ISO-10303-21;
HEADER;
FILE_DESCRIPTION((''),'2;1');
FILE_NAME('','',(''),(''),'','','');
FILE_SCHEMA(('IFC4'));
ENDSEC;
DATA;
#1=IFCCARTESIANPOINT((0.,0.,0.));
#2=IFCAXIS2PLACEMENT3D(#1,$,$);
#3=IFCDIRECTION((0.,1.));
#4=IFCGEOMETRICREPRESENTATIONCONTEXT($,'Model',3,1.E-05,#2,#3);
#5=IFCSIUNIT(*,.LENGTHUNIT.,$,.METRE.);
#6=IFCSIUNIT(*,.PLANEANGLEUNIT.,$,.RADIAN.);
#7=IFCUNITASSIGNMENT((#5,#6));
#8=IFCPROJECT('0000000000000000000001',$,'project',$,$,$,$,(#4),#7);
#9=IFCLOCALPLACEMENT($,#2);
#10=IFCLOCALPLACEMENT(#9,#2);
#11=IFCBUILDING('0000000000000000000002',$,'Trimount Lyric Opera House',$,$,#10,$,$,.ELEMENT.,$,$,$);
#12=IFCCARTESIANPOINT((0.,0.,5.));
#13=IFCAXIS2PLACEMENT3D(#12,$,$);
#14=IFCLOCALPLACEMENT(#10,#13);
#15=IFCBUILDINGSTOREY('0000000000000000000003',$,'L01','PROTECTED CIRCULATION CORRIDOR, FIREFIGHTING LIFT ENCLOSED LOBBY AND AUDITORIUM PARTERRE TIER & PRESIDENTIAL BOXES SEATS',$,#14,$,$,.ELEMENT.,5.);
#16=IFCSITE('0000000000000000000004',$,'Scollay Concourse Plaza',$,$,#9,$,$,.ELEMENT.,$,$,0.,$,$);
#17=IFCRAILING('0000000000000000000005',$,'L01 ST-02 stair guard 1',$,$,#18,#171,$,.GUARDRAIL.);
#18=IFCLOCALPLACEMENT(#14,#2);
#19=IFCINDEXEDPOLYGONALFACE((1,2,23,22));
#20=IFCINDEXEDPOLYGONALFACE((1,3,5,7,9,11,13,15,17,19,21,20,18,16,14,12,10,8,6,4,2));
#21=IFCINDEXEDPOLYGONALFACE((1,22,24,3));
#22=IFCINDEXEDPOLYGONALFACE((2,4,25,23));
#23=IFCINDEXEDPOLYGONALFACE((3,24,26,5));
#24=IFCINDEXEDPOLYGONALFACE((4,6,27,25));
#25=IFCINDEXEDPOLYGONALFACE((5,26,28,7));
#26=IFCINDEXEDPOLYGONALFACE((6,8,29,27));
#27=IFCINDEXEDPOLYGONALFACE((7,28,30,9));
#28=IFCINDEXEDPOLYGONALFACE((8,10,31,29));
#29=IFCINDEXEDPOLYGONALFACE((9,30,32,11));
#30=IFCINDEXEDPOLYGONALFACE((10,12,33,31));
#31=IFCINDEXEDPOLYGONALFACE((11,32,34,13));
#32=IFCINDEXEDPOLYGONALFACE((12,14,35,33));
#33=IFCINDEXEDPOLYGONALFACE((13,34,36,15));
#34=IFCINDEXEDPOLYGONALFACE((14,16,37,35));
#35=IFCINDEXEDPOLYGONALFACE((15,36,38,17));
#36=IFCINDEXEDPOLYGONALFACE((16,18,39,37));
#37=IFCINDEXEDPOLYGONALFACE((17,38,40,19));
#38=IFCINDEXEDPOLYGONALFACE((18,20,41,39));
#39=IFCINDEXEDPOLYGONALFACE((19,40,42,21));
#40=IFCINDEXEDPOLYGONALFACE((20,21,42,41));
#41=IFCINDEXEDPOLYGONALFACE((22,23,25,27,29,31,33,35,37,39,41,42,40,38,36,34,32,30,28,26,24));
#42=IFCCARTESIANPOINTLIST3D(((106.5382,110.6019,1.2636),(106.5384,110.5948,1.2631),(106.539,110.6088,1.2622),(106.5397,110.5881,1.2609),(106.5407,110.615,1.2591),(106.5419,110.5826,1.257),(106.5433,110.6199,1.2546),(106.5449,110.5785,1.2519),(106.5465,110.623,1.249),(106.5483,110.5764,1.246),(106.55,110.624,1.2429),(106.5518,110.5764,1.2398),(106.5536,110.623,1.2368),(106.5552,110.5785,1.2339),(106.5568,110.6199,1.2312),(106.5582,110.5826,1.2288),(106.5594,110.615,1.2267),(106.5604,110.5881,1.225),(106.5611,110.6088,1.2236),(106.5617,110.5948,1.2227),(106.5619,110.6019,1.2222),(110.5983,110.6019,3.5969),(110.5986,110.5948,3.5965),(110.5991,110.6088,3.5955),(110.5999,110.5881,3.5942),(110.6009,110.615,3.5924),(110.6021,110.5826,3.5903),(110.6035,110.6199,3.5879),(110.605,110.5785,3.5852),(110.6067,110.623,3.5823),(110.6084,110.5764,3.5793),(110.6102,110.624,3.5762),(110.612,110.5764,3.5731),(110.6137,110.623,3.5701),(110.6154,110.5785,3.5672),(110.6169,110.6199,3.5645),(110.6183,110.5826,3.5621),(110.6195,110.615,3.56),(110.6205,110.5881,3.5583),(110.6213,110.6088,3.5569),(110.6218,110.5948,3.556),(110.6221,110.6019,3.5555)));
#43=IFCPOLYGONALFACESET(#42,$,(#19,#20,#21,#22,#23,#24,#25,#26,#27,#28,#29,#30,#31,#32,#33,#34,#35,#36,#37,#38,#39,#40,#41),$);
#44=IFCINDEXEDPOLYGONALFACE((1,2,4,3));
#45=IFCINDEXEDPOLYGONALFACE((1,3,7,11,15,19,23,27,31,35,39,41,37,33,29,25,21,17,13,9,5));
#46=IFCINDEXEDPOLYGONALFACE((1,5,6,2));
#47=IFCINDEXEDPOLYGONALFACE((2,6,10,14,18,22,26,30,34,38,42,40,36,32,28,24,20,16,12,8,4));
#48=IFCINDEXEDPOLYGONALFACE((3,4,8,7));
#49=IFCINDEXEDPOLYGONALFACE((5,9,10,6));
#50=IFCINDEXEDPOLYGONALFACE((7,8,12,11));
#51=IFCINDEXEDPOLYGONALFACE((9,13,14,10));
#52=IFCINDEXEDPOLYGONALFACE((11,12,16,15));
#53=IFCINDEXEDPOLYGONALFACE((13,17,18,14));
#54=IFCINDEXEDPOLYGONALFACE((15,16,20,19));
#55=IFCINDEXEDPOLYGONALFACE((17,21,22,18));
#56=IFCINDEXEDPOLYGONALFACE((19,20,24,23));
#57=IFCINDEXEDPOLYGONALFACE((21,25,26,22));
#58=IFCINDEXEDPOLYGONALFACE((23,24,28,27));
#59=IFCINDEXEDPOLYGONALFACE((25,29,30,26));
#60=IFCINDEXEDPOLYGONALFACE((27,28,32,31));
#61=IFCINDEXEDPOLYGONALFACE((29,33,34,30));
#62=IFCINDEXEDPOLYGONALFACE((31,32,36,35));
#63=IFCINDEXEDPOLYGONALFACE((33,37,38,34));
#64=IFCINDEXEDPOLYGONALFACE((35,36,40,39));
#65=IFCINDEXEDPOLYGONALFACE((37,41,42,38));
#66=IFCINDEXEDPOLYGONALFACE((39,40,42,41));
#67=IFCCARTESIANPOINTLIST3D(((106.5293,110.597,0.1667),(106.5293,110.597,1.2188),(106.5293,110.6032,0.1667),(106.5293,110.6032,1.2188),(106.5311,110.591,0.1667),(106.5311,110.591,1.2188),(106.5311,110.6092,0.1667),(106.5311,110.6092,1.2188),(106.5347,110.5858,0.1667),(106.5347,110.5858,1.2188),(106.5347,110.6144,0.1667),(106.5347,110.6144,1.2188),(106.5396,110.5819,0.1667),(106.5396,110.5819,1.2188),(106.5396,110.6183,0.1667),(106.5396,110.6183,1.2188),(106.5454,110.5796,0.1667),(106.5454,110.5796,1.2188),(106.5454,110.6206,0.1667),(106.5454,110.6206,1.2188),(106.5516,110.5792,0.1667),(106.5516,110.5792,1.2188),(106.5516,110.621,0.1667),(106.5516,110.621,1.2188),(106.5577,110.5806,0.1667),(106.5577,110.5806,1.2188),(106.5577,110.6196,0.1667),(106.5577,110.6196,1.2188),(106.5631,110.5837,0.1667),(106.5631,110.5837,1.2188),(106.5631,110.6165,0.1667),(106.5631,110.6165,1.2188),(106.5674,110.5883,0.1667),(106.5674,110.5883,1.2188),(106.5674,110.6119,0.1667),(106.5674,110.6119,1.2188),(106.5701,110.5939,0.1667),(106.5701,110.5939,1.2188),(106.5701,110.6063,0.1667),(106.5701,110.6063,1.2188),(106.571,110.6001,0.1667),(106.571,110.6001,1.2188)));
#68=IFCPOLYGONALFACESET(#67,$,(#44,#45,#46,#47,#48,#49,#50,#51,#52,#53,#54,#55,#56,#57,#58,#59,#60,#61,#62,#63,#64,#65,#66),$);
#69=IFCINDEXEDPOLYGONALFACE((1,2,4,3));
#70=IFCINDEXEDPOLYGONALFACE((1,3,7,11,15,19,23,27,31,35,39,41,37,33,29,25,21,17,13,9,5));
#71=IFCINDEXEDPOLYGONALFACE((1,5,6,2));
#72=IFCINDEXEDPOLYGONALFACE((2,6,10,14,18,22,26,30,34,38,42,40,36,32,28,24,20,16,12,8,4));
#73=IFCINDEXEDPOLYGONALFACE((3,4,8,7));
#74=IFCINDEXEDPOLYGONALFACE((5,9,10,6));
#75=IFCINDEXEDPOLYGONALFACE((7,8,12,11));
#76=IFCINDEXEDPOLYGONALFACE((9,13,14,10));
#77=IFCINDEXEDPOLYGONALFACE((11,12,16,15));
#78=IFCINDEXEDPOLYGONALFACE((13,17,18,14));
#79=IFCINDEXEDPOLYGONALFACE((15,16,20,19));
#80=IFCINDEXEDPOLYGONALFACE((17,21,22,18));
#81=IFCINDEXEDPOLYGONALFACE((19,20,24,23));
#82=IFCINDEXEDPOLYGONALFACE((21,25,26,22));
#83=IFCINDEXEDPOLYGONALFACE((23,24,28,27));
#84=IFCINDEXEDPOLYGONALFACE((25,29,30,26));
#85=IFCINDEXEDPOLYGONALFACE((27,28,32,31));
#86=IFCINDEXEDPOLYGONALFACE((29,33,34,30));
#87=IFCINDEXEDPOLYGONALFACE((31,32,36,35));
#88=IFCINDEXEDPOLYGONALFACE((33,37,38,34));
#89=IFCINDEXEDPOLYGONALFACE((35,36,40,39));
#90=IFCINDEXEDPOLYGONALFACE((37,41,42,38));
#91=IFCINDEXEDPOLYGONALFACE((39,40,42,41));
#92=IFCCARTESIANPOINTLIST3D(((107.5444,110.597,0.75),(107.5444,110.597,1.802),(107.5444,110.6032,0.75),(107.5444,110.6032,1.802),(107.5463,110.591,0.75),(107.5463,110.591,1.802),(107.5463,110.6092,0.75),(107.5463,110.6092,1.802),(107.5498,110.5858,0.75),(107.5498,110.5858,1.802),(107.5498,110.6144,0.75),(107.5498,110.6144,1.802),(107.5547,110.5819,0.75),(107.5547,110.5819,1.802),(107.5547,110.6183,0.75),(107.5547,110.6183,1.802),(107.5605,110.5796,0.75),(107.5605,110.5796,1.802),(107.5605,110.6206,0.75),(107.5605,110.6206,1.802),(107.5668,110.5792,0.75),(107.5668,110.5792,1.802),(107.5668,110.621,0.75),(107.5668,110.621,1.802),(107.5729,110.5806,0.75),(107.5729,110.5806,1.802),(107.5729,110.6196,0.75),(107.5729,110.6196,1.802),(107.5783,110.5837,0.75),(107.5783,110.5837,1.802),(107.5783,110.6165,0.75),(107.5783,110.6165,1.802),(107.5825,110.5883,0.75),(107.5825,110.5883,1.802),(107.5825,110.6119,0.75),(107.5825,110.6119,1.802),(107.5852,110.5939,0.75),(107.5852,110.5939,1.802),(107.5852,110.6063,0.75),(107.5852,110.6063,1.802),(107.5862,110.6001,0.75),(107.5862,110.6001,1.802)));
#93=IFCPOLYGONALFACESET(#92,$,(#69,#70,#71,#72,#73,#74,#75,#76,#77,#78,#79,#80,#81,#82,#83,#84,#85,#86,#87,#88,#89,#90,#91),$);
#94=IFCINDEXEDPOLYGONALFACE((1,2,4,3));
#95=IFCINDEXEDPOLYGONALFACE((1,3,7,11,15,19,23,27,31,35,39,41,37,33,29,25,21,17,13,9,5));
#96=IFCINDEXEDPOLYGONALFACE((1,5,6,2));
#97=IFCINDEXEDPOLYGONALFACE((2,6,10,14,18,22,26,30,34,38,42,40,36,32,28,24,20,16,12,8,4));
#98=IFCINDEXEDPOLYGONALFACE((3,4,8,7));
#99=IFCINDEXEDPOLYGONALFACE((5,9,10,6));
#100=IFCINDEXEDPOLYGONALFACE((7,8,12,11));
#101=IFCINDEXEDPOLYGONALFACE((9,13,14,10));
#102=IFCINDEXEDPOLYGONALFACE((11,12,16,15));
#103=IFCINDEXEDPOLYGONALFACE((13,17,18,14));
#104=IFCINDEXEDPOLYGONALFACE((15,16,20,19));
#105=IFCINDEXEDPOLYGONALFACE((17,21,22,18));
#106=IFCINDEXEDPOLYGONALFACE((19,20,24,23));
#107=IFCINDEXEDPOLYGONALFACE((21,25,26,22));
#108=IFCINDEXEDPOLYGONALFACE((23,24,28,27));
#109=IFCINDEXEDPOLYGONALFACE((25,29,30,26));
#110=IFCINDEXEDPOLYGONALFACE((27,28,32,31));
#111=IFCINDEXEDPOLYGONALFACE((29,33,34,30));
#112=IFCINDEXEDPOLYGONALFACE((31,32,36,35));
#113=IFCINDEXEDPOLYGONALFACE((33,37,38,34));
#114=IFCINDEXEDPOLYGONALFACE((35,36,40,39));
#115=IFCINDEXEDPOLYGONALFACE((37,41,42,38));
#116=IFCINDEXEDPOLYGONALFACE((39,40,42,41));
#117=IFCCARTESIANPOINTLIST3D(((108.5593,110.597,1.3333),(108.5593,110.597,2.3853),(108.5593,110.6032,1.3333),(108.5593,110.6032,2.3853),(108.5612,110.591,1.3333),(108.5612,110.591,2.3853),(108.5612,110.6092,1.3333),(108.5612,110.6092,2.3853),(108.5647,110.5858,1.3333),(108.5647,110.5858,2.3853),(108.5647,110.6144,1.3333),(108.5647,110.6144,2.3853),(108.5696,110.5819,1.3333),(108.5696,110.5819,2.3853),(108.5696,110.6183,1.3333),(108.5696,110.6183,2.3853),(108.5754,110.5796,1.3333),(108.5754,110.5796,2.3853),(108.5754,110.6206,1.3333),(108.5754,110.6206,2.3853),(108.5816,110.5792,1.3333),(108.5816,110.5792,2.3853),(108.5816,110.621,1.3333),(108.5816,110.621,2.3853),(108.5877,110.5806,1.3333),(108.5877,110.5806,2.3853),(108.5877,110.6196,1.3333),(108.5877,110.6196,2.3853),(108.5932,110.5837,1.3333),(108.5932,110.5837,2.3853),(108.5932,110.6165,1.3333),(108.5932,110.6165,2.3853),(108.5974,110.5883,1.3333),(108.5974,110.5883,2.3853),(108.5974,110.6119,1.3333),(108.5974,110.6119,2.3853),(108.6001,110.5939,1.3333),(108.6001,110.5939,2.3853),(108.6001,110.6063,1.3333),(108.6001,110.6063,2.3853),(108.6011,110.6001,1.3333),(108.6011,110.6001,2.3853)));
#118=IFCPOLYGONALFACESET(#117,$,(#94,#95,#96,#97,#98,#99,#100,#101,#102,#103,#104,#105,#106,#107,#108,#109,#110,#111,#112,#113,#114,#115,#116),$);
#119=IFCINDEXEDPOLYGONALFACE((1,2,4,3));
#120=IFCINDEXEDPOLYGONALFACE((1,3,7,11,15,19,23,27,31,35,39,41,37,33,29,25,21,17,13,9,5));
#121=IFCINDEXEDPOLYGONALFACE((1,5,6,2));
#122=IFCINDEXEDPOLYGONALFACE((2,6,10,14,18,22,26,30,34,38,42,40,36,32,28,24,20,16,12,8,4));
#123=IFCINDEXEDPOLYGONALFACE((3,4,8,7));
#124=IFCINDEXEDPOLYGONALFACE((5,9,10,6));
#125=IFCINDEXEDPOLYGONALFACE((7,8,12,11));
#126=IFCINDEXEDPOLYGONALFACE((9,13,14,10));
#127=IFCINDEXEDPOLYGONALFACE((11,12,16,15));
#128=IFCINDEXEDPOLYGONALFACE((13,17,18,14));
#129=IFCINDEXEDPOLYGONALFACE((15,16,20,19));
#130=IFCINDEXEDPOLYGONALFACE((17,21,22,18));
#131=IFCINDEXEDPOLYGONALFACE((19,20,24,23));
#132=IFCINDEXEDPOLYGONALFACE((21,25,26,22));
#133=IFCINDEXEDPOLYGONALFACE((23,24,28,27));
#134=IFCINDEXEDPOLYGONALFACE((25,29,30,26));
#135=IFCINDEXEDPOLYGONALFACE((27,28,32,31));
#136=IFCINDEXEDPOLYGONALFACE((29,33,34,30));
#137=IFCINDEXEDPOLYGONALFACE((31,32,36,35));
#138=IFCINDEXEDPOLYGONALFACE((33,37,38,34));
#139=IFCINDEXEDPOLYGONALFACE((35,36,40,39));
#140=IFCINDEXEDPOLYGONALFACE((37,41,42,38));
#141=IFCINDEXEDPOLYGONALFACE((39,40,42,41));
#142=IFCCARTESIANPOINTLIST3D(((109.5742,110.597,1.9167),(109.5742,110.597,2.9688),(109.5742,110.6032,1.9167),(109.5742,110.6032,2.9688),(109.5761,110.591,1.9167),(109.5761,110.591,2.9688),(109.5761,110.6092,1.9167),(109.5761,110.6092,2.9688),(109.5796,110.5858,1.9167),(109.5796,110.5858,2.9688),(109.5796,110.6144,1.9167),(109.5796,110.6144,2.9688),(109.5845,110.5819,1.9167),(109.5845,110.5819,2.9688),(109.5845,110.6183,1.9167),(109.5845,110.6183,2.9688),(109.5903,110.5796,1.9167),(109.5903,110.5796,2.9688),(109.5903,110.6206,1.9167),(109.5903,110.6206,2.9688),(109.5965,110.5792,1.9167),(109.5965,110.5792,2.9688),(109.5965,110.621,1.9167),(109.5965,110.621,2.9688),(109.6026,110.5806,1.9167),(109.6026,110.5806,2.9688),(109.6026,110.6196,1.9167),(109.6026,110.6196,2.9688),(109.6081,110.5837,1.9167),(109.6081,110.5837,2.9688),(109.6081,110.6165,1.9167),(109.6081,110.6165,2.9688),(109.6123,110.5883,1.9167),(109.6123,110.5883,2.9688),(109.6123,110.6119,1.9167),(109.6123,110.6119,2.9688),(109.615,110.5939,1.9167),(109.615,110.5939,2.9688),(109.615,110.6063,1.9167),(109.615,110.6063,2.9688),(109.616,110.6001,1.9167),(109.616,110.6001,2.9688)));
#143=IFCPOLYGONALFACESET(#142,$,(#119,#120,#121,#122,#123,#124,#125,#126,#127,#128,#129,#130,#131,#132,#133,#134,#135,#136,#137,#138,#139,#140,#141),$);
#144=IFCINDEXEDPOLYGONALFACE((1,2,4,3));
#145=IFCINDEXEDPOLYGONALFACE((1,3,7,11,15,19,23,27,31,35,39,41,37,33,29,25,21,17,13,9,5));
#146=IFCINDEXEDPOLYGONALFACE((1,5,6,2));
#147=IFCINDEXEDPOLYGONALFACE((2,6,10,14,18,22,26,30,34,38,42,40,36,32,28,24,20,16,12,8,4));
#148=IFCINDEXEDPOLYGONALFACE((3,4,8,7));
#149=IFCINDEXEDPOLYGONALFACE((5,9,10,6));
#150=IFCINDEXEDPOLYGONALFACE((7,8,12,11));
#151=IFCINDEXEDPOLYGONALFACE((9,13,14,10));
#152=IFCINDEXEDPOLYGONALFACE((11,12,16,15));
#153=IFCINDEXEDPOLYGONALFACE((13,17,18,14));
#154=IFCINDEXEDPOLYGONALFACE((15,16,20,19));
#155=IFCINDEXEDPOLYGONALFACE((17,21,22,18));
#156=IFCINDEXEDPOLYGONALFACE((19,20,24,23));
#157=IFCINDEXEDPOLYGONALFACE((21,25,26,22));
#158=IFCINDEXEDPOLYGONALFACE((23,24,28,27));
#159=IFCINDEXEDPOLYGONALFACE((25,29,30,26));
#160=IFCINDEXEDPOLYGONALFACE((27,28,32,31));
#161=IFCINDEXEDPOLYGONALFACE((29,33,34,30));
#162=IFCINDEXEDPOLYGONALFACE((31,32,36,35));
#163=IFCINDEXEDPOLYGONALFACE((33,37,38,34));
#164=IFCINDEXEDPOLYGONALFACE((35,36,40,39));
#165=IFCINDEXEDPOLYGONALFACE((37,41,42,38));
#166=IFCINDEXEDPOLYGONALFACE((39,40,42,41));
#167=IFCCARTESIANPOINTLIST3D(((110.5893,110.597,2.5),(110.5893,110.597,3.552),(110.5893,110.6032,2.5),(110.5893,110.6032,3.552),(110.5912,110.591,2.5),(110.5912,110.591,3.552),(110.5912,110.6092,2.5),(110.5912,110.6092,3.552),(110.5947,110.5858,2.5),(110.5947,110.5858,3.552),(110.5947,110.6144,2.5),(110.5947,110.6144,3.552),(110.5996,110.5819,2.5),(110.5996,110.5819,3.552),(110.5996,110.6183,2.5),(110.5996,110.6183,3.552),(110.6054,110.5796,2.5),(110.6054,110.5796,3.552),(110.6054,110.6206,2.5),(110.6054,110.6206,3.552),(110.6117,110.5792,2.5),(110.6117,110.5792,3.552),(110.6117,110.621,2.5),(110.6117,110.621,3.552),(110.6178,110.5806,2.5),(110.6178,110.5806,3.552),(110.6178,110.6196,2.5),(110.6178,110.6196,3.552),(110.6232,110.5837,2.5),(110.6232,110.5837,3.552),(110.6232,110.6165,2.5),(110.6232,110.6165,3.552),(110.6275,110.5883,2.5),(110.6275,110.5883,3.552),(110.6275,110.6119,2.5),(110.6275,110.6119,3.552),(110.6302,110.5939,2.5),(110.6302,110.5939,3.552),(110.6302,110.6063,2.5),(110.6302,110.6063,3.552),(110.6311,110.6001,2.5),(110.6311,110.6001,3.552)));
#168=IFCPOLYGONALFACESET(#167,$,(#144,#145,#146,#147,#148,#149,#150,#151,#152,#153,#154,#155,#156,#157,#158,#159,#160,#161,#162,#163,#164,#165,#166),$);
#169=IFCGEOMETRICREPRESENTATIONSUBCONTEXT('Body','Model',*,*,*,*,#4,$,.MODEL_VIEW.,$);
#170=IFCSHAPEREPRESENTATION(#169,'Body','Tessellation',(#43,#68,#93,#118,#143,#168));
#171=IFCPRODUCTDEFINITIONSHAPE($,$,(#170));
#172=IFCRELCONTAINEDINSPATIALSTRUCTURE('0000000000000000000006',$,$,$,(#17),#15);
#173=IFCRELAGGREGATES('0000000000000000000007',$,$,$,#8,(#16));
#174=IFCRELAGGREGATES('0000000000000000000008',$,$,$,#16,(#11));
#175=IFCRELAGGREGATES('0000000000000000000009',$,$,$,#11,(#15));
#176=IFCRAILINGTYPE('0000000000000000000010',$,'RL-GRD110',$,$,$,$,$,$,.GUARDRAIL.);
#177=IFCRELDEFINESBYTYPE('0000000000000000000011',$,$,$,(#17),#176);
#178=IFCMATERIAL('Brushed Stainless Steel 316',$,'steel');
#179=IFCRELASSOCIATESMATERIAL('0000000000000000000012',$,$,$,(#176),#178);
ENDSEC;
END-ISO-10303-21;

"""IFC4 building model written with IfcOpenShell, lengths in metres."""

from ifc_helpers import new_model, si_unit, direction, frame, origin, origin_2d, place, context, subcontext, project, spatial, circle, extrude, material, type_object, element, save


model = new_model("IFC4")

# Units and contexts
model_context = context("Model", 3, precision=1e-05, world=origin(), true_north=direction((0.0, 1.0)))
body_context = subcontext(model_context, "Body", "Model", "MODEL_VIEW")
ifc_project = project(units=[si_unit("LENGTHUNIT", "METRE"), si_unit("PLANEANGLEUNIT", "RADIAN")], contexts=[model_context])

# Site, building, storey
site_placement = place(None, origin())
site = spatial("IfcSite", under=ifc_project, at=site_placement, Name="Scollay Concourse Plaza", CompositionType="ELEMENT", RefElevation=0.0)
building_placement = place(site_placement, origin())
building = spatial("IfcBuilding", under=site, at=building_placement, Name="Trimount Lyric Opera House", CompositionType="ELEMENT")
storey_placement = place(building_placement, frame((0.0, 0.0, 5.0)))
storey = spatial("IfcBuildingStorey", under=building, at=storey_placement, Name="L01", Description="PROTECTED CIRCULATION CORRIDOR, FIREFIGHTING LIFT ENCLOSED LOBBY AND AUDITORIUM PARTERRE TIER & PRESIDENTIAL BOXES SEATS", CompositionType="ELEMENT", Elevation=5.0)

# Railing
ifc_material_1 = material(Name="Brushed Stainless Steel 316", Category="steel")
railing_type_1 = type_object("IfcRailingType", Name="RL-GRD110", PredefinedType="GUARDRAIL", material=ifc_material_1)
railing_1_placement = place(storey_placement, frame((106.55, 110.6001, 0.1667)))
element("IfcRailing", 1, at=railing_1_placement, inside=storey, type_object=railing_type_1, Name="L01 ST-02 stair guard 1", PredefinedType="GUARDRAIL", context=body_context, shape_type="SweptSolid", body=[
    extrude(circle(Radius=0.0239, at=origin_2d()), frame((0.0, 0.0, 1.0762), z_axis=(0.867025, 0.0, 0.498265), x_axis=(0.0, 1.0, 0.0)), (0.0, 0.0, 1.0), 4.6829),
    extrude(circle(Radius=0.021, at=origin_2d()), origin(), (0.0, 0.0, 1.0), 1.052),
    extrude(circle(Radius=0.021, at=origin_2d()), frame((1.0151, 0.0, 0.5833)), (0.0, 0.0, 1.0), 1.052),
    extrude(circle(Radius=0.021, at=origin_2d()), frame((2.03, 0.0, 1.1665)), (0.0, 0.0, 1.0), 1.052),
    extrude(circle(Radius=0.021, at=origin_2d()), frame((3.0449, 0.0, 1.75)), (0.0, 0.0, 1.0), 1.052),
    extrude(circle(Radius=0.021, at=origin_2d()), frame((4.0601, 0.0, 2.3333)), (0.0, 0.0, 1.0), 1.052),
])

save(model, "model.ifc")
